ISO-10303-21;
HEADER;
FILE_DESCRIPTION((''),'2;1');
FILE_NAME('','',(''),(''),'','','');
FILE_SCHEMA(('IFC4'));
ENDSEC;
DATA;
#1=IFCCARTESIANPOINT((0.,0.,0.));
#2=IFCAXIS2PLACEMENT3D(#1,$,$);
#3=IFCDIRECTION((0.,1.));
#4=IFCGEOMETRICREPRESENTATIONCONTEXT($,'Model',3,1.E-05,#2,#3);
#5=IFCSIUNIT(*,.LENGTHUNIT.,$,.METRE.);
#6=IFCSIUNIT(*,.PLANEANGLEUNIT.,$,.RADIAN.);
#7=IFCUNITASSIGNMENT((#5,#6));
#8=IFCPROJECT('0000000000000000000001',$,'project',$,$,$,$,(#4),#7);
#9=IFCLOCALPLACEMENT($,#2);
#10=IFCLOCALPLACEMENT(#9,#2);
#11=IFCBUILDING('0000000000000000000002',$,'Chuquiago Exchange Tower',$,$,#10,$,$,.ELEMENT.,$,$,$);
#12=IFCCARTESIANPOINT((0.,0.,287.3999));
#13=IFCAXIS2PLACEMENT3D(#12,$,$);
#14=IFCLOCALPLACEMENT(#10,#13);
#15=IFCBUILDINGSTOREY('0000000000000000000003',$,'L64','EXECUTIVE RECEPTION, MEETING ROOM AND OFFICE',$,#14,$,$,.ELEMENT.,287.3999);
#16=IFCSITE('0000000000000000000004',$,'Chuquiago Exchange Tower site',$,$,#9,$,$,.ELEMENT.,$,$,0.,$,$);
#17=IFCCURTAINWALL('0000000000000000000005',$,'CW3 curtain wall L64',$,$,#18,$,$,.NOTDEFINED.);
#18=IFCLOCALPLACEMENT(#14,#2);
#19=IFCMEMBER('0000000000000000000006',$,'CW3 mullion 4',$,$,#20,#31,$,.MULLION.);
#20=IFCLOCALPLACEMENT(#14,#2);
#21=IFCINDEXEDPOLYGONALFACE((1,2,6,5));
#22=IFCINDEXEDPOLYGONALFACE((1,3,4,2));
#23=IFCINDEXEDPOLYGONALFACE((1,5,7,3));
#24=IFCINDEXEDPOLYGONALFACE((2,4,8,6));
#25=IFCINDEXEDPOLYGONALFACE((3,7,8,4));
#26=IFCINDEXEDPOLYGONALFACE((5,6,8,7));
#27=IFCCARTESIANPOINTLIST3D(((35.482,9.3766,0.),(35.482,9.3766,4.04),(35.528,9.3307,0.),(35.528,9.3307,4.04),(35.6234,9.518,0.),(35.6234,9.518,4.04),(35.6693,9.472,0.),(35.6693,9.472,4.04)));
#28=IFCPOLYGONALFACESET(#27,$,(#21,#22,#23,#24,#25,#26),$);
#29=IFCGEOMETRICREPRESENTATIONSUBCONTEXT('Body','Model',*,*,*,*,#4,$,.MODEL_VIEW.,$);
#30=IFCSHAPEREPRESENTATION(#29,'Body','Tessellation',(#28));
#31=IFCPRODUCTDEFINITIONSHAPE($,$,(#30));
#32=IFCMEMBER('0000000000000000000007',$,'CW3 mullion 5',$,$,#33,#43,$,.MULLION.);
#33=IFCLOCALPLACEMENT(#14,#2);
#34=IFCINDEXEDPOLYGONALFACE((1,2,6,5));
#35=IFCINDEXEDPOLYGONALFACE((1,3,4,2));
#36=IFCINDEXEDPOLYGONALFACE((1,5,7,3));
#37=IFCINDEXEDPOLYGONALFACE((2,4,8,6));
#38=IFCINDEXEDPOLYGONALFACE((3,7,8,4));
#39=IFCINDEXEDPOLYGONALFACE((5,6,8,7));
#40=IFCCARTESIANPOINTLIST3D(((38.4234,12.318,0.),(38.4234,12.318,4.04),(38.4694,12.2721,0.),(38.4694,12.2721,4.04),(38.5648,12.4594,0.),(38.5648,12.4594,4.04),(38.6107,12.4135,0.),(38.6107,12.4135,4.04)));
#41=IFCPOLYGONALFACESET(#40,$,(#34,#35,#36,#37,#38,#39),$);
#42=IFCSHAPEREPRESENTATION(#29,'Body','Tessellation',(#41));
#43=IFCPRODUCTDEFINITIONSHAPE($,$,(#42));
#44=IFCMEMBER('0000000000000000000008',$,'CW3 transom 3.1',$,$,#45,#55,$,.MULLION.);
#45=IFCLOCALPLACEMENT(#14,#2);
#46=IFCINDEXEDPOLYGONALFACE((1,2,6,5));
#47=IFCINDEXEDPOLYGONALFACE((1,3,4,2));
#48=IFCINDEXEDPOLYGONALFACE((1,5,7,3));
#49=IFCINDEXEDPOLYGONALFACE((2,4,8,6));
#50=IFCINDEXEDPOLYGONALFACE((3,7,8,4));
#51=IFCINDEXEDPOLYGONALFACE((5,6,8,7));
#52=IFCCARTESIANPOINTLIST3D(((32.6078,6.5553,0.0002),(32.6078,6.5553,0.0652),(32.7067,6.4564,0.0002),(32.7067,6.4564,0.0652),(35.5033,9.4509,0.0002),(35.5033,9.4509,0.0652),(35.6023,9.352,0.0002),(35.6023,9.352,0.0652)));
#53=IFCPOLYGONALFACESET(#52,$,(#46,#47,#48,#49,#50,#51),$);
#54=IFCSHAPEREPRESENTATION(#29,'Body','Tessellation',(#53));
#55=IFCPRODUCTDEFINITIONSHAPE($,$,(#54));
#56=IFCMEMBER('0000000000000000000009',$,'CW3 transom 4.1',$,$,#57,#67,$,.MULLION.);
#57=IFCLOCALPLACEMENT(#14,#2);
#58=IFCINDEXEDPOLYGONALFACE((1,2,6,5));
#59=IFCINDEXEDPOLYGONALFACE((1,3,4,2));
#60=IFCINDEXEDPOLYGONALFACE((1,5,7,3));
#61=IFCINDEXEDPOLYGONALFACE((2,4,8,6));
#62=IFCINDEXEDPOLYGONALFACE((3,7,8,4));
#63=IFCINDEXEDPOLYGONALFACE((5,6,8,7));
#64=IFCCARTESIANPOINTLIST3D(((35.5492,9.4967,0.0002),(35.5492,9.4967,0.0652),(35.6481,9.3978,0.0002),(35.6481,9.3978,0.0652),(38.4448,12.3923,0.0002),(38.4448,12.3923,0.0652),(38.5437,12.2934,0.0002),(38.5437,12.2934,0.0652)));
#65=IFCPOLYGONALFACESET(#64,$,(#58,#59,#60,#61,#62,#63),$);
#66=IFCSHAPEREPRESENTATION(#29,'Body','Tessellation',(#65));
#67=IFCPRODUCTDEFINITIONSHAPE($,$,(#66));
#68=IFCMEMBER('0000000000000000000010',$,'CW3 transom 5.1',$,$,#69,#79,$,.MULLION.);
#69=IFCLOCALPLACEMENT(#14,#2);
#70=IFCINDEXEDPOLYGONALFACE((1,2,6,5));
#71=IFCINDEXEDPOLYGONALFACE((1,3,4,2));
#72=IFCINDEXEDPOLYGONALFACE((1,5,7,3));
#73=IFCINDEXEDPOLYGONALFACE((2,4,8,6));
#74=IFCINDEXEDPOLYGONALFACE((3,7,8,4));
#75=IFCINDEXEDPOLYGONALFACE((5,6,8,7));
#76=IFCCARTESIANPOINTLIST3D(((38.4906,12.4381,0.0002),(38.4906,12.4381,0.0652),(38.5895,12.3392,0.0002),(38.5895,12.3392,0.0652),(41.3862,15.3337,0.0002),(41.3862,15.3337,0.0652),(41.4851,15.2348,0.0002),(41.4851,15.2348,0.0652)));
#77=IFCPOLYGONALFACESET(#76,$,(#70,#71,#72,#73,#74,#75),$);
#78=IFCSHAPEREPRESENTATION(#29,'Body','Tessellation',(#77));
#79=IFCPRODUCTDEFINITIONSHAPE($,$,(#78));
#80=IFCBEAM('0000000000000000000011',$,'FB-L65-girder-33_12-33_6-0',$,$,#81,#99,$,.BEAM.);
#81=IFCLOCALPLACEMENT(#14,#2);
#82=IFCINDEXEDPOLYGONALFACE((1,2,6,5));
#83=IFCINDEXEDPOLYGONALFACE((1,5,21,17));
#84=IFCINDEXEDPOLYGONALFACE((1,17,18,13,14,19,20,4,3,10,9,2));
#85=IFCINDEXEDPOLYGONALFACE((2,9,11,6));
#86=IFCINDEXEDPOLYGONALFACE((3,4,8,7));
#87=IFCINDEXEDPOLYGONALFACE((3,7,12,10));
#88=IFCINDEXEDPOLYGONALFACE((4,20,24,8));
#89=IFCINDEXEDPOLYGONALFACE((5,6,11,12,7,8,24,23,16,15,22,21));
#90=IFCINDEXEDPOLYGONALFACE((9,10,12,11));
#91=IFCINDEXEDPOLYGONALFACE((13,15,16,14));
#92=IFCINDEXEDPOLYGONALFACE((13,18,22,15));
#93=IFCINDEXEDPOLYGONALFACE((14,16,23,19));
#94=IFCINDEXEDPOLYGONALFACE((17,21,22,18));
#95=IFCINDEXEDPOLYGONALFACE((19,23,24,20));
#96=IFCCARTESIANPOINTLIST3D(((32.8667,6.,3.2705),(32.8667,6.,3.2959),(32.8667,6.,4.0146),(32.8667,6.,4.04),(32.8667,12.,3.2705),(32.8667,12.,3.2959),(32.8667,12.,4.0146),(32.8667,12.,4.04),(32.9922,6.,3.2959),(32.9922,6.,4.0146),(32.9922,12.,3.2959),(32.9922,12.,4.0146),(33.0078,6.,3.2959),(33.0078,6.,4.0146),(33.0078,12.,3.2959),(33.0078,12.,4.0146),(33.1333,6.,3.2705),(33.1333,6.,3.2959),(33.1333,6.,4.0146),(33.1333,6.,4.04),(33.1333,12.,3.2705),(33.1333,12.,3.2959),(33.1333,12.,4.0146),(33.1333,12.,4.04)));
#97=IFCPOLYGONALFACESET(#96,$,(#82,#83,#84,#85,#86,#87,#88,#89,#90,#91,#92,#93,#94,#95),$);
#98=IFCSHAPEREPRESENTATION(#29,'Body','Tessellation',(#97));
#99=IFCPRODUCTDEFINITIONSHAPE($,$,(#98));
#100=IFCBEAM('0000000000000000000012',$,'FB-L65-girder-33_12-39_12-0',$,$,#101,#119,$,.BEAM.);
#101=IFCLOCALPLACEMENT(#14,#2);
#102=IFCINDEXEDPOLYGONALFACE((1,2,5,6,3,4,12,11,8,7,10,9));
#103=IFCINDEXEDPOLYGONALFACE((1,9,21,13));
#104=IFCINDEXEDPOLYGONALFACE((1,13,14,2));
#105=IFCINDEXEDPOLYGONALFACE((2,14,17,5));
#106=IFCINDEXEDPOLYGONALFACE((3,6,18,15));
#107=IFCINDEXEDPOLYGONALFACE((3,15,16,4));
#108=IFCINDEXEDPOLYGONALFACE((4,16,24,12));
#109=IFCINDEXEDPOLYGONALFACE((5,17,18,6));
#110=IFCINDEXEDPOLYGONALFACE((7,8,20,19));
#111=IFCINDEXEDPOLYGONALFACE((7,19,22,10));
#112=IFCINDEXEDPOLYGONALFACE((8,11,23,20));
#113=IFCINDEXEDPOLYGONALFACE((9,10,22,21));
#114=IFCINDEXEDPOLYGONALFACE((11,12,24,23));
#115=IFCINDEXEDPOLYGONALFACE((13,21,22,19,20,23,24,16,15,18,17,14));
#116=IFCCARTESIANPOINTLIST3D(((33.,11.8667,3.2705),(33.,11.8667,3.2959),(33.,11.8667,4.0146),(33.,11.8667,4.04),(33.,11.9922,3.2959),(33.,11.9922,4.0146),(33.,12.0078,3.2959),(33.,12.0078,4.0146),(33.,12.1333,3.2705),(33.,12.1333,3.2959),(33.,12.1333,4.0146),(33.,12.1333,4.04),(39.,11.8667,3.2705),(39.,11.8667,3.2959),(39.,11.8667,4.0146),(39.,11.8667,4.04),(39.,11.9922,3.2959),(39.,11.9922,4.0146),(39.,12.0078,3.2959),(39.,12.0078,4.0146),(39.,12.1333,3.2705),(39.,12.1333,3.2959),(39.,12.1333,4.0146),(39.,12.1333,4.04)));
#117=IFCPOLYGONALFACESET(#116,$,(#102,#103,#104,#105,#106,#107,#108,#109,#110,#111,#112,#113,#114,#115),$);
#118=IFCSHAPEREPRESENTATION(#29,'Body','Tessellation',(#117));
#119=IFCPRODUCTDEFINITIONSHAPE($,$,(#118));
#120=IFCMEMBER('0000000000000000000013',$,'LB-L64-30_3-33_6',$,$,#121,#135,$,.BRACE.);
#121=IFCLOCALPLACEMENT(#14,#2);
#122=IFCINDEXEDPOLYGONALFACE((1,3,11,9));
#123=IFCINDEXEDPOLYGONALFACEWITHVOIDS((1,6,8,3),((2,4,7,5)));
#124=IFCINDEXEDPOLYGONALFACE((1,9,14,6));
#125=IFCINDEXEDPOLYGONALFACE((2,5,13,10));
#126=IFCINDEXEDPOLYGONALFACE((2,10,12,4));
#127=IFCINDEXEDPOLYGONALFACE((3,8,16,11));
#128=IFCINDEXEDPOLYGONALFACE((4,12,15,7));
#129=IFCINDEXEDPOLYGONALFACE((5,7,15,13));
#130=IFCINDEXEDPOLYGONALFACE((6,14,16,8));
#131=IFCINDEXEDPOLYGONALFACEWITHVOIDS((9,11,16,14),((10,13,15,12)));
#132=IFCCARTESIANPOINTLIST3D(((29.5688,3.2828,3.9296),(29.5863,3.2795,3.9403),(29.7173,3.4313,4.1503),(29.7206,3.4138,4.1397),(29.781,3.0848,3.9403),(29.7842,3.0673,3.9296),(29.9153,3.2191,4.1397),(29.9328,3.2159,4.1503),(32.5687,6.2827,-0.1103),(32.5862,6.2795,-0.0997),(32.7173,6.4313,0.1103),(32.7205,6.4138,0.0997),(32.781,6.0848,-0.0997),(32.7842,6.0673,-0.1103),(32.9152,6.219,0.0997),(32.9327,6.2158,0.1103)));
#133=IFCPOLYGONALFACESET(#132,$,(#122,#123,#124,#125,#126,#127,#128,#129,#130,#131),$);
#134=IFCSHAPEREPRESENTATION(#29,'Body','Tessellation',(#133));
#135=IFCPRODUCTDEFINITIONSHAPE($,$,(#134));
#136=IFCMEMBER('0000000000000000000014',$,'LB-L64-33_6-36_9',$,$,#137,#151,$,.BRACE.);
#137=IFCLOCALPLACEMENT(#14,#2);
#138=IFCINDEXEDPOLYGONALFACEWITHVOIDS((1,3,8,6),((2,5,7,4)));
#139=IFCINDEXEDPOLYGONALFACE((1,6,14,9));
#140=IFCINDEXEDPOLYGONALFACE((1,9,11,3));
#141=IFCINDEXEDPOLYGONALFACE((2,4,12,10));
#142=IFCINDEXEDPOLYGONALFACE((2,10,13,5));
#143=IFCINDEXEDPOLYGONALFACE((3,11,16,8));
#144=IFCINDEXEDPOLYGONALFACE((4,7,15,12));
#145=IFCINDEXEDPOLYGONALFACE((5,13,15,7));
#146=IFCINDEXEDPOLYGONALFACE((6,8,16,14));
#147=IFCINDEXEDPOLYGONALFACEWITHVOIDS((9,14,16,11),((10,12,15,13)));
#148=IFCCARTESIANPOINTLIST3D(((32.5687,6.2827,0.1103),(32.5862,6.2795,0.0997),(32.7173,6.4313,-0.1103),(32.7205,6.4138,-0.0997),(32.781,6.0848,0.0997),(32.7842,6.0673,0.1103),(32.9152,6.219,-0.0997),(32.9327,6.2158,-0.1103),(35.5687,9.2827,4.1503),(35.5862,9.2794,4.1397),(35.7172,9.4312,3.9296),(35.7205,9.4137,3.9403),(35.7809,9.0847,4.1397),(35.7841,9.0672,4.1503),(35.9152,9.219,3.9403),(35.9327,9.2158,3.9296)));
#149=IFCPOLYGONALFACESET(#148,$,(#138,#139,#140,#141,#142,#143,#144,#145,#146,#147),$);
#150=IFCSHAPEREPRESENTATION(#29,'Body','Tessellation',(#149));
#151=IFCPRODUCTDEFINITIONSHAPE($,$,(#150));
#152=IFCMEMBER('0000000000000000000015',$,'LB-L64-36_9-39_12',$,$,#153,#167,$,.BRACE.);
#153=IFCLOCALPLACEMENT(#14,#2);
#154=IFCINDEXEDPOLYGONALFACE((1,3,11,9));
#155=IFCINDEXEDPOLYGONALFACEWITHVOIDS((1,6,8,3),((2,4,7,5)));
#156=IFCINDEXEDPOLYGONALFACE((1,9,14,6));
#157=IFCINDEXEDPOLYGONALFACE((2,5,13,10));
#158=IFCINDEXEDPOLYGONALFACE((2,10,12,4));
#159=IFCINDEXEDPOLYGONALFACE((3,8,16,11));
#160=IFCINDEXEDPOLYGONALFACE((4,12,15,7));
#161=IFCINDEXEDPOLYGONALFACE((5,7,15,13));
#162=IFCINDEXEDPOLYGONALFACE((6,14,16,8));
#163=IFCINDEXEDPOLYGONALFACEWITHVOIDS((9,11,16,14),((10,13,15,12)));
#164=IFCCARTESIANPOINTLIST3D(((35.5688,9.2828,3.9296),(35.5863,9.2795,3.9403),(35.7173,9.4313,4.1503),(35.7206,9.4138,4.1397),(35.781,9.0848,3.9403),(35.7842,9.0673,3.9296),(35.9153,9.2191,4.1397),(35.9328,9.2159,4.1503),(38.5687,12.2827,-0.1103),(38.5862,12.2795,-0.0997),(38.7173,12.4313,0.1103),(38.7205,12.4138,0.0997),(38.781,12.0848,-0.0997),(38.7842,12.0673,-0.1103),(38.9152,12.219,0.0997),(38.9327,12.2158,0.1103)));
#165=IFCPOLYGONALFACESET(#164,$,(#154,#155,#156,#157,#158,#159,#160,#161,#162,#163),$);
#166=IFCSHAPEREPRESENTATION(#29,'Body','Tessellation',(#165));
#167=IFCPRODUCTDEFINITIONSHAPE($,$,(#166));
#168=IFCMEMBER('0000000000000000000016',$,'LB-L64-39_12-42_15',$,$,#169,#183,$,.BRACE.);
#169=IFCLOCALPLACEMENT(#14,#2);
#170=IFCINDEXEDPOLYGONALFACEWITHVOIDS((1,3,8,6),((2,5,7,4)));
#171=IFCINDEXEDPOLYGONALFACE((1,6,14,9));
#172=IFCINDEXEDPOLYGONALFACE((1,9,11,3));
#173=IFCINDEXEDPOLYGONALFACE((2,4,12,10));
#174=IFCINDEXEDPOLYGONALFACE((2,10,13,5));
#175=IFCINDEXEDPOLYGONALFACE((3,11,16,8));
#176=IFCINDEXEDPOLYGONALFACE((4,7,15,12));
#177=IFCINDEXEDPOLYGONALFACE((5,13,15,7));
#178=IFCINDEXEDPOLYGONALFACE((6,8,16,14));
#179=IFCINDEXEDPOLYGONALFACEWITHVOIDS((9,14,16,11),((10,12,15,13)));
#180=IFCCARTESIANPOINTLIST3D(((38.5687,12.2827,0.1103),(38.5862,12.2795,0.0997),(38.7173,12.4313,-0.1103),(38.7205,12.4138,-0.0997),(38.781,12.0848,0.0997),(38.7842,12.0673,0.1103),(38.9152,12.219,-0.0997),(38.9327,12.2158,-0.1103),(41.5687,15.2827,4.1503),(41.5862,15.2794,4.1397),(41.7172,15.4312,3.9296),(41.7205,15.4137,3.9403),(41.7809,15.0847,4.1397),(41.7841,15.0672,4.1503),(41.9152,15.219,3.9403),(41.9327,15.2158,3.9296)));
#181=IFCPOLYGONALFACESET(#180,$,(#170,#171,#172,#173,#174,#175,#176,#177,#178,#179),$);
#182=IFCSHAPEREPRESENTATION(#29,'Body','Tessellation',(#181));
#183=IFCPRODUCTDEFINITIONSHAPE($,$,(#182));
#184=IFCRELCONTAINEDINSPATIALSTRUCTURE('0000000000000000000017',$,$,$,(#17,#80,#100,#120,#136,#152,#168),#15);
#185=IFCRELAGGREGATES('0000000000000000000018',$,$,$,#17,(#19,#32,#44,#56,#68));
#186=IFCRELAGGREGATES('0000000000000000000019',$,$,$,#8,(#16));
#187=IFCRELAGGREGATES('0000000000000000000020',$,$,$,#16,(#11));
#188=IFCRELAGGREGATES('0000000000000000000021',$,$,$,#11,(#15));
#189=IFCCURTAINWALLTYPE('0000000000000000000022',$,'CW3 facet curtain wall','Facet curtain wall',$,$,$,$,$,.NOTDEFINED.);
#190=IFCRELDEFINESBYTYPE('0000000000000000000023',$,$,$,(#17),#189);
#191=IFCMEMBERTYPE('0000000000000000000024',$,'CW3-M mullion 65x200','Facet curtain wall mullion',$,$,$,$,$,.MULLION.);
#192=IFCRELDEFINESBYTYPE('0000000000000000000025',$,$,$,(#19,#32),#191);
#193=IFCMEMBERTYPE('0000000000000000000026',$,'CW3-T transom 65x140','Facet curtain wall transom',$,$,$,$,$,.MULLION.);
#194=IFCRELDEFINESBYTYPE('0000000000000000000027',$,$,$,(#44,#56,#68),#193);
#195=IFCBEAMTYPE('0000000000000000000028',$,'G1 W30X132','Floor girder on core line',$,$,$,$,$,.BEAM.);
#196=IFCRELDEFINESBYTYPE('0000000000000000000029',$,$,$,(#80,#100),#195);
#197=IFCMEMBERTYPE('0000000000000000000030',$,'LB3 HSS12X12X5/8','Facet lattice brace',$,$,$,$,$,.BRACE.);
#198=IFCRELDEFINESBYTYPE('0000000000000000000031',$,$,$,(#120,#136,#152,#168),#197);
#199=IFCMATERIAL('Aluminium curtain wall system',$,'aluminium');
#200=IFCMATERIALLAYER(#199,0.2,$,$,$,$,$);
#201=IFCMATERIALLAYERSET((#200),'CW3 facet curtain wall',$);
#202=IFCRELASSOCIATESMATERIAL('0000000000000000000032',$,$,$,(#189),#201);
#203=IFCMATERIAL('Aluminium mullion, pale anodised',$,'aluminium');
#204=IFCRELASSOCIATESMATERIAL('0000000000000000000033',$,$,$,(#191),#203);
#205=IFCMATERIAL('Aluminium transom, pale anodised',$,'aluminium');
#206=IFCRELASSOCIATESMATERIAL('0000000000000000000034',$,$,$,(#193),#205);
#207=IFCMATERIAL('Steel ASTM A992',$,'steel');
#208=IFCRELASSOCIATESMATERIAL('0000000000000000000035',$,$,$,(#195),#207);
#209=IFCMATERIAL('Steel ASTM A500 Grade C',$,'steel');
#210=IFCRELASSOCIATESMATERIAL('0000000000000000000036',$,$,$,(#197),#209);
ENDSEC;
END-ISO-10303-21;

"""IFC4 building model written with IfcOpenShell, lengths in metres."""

from ifc_helpers import new_model, si_unit, direction, frame, origin, origin_2d, place, context, subcontext, project, spatial, rectangle, hollow_rectangle, i_section, extrude, material, layer, layer_set, material_profile, profile_set, type_object, element, aggregate, save


model = new_model("IFC4")

# Units and contexts
model_context = context("Model", 3, precision=1e-05, world=origin(), true_north=direction((0.0, 1.0)))
body_context = subcontext(model_context, "Body", "Model", "MODEL_VIEW")
ifc_project = project(units=[si_unit("LENGTHUNIT", "METRE"), si_unit("PLANEANGLEUNIT", "RADIAN")], contexts=[model_context])

# Site, building, storey
site_placement = place(None, origin())
site = spatial("IfcSite", under=ifc_project, at=site_placement, Name="Chuquiago Exchange Tower site", CompositionType="ELEMENT", RefElevation=0.0)
building_placement = place(site_placement, origin())
building = spatial("IfcBuilding", under=site, at=building_placement, Name="Chuquiago Exchange Tower", CompositionType="ELEMENT")
storey_placement = place(building_placement, frame((0.0, 0.0, 287.3999)))
storey = spatial("IfcBuildingStorey", under=building, at=storey_placement, Name="L64", Description="EXECUTIVE RECEPTION, MEETING ROOM AND OFFICE", CompositionType="ELEMENT", Elevation=287.3999)

# Curtain wall, members
ifc_material_1 = material(Name="Aluminium curtain wall system", Category="aluminium")
ifc_layer_1 = layer(ifc_material_1, 0.2)
ifc_layer_set_1 = layer_set([ifc_layer_1], Name="CW3 facet curtain wall")
curtain_wall_type = type_object("IfcCurtainWallType", Name="CW3 facet curtain wall", Description="Facet curtain wall", PredefinedType="NOTDEFINED", material=ifc_layer_set_1)
curtain_wall_placement = place(storey_placement, origin())
curtain_wall = element("IfcCurtainWall", 1, at=curtain_wall_placement, inside=storey, type_object=curtain_wall_type, Name="CW3 curtain wall L64", PredefinedType="NOTDEFINED")
ifc_material_2 = material(Name="Aluminium mullion, pale anodised", Category="aluminium")
ifc_material_profile_1 = material_profile(ifc_material_2, rectangle(XDim=0.0649, YDim=0.2, at=origin_2d()), Name="AL 65x200")
ifc_profile_set_1 = profile_set([ifc_material_profile_1], Name="Aluminium mullion, pale anodised")
member_type_1 = type_object("IfcMemberType", Name="CW3-M mullion 65x200", Description="Facet curtain wall mullion", PredefinedType="MULLION", material=ifc_profile_set_1)
member_1_placement = place(storey_placement, frame((35.5757, 9.4243, 0.0), z_axis=(0.0, 0.0, 1.0), x_axis=(-0.707107, 0.707107, 0.0)))
member_1 = element("IfcMember", 2, at=member_1_placement, type_object=member_type_1, Name="CW3 mullion 4", PredefinedType="MULLION", context=body_context, shape_type="SweptSolid", body=[
    extrude(rectangle(XDim=0.0649, YDim=0.2, at=origin_2d()), origin(), (0.0, 0.0, 1.0), 4.04),
])
member_2_placement = place(storey_placement, frame((38.5171, 12.3657, 0.0), z_axis=(0.0, 0.0, 1.0), x_axis=(-0.707107, 0.707107, 0.0)))
member_2 = element("IfcMember", 3, at=member_2_placement, type_object=member_type_1, Name="CW3 mullion 5", PredefinedType="MULLION", context=body_context, shape_type="SweptSolid", body=[
    extrude(rectangle(XDim=0.0649, YDim=0.2, at=origin_2d()), origin(), (0.0, 0.0, 1.0), 4.04),
])
ifc_material_3 = material(Name="Aluminium transom, pale anodised", Category="aluminium")
ifc_material_profile_2 = material_profile(ifc_material_3, rectangle(XDim=0.1399, YDim=0.0649, at=origin_2d()), Name="AL 140x65")
ifc_profile_set_2 = profile_set([ifc_material_profile_2], Name="Aluminium transom, pale anodised")
member_type_2 = type_object("IfcMemberType", Name="CW3-T transom 65x140", Description="Facet curtain wall transom", PredefinedType="MULLION", material=ifc_profile_set_2)
member_3_placement = place(storey_placement, frame((32.6572, 6.5059, 0.0327), z_axis=(0.707107, 0.707107, 0.0), x_axis=(-0.707107, 0.707107, 0.0)))
member_3 = element("IfcMember", 4, at=member_3_placement, type_object=member_type_2, Name="CW3 transom 3.1", PredefinedType="MULLION", context=body_context, shape_type="SweptSolid", body=[
    extrude(rectangle(XDim=0.1399, YDim=0.0649, at=origin_2d()), origin(), (0.0, 0.0, 1.0), 4.095),
])
member_4_placement = place(storey_placement, frame((35.5986, 9.4473, 0.0327), z_axis=(0.707107, 0.707107, 0.0), x_axis=(-0.707107, 0.707107, 0.0)))
member_4 = element("IfcMember", 5, at=member_4_placement, type_object=member_type_2, Name="CW3 transom 4.1", PredefinedType="MULLION", context=body_context, shape_type="SweptSolid", body=[
    extrude(rectangle(XDim=0.1399, YDim=0.0649, at=origin_2d()), origin(), (0.0, 0.0, 1.0), 4.095),
])
member_5_placement = place(storey_placement, frame((38.54, 12.3887, 0.0327), z_axis=(0.707107, 0.707107, 0.0), x_axis=(-0.707107, 0.707107, 0.0)))
member_5 = element("IfcMember", 6, at=member_5_placement, type_object=member_type_2, Name="CW3 transom 5.1", PredefinedType="MULLION", context=body_context, shape_type="SweptSolid", body=[
    extrude(rectangle(XDim=0.1399, YDim=0.0649, at=origin_2d()), origin(), (0.0, 0.0, 1.0), 4.095),
])

# Beams
ifc_material_4 = material(Name="Steel ASTM A992", Category="steel")
ifc_material_profile_3 = material_profile(ifc_material_4, i_section(OverallWidth=0.2666, OverallDepth=0.7695, WebThickness=0.0156, FlangeThickness=0.0254, at=origin_2d()), Name="W30X132")
ifc_profile_set_3 = profile_set([ifc_material_profile_3], Name="Steel ASTM A992")
beam_type_1 = type_object("IfcBeamType", Name="G1 W30X132", Description="Floor girder on core line", PredefinedType="BEAM", material=ifc_profile_set_3)
for number, where, z_axis, x_axis, name in (
    (7, (33.0, 12.0, 3.6553), (0.0, -1.0, 0.0), (1.0, 0.0, 0.0), "FB-L65-girder-33_12-33_6-0"),
    (8, (33.0, 12.0, 3.6553), (1.0, 0.0, 0.0), (0.0, 1.0, 0.0), "FB-L65-girder-33_12-39_12-0"),
):
    element("IfcBeam", number, at=place(storey_placement, frame(where, z_axis=z_axis, x_axis=x_axis)), inside=storey, type_object=beam_type_1, Name=name, PredefinedType="BEAM", context=body_context, shape_type="SweptSolid", body=[
        extrude(i_section(OverallWidth=0.2666, OverallDepth=0.7695, WebThickness=0.0156, FlangeThickness=0.0254, at=origin_2d()), origin(), (0.0, 0.0, 1.0), 6.0),
    ])

# Members
ifc_material_5 = material(Name="Steel ASTM A500 Grade C", Category="steel")
ifc_material_profile_4 = material_profile(ifc_material_5, hollow_rectangle(XDim=0.3047, YDim=0.3047, WallThickness=0.0146, at=origin_2d()), Name="HSS12X12X5/8")
ifc_profile_set_4 = profile_set([ifc_material_profile_4], Name="Steel ASTM A500 Grade C")
member_type_3 = type_object("IfcMemberType", Name="LB3 HSS12X12X5/8", Description="Facet lattice brace", PredefinedType="BRACE", material=ifc_profile_set_4)
for number, where, z_axis, x_axis, name in (
    (9, (32.7507, 6.2493, 0.0), (-0.512077, -0.512077, 0.689604), (0.707107, -0.707107, 0.0), "LB-L64-30_3-33_6"),
    (10, (32.7507, 6.2493, 0.0), (0.512077, 0.512077, 0.689604), (-0.707107, 0.707107, 0.0), "LB-L64-33_6-36_9"),
    (11, (38.7507, 12.2493, 0.0), (-0.512077, -0.512077, 0.689604), (0.707107, -0.707107, 0.0), "LB-L64-36_9-39_12"),
    (12, (38.7507, 12.2493, 0.0), (0.512077, 0.512077, 0.689604), (-0.707107, 0.707107, 0.0), "LB-L64-39_12-42_15"),
):
    element("IfcMember", number, at=place(storey_placement, frame(where, z_axis=z_axis, x_axis=x_axis)), inside=storey, type_object=member_type_3, Name=name, PredefinedType="BRACE", context=body_context, shape_type="SweptSolid", body=[
        extrude(hollow_rectangle(XDim=0.3047, YDim=0.3047, WallThickness=0.0146, at=origin_2d()), origin(), (0.0, 0.0, 1.0), 5.8584),
    ])

aggregate(curtain_wall, [member_1, member_2, member_3, member_4, member_5])

save(model, "model.ifc")
